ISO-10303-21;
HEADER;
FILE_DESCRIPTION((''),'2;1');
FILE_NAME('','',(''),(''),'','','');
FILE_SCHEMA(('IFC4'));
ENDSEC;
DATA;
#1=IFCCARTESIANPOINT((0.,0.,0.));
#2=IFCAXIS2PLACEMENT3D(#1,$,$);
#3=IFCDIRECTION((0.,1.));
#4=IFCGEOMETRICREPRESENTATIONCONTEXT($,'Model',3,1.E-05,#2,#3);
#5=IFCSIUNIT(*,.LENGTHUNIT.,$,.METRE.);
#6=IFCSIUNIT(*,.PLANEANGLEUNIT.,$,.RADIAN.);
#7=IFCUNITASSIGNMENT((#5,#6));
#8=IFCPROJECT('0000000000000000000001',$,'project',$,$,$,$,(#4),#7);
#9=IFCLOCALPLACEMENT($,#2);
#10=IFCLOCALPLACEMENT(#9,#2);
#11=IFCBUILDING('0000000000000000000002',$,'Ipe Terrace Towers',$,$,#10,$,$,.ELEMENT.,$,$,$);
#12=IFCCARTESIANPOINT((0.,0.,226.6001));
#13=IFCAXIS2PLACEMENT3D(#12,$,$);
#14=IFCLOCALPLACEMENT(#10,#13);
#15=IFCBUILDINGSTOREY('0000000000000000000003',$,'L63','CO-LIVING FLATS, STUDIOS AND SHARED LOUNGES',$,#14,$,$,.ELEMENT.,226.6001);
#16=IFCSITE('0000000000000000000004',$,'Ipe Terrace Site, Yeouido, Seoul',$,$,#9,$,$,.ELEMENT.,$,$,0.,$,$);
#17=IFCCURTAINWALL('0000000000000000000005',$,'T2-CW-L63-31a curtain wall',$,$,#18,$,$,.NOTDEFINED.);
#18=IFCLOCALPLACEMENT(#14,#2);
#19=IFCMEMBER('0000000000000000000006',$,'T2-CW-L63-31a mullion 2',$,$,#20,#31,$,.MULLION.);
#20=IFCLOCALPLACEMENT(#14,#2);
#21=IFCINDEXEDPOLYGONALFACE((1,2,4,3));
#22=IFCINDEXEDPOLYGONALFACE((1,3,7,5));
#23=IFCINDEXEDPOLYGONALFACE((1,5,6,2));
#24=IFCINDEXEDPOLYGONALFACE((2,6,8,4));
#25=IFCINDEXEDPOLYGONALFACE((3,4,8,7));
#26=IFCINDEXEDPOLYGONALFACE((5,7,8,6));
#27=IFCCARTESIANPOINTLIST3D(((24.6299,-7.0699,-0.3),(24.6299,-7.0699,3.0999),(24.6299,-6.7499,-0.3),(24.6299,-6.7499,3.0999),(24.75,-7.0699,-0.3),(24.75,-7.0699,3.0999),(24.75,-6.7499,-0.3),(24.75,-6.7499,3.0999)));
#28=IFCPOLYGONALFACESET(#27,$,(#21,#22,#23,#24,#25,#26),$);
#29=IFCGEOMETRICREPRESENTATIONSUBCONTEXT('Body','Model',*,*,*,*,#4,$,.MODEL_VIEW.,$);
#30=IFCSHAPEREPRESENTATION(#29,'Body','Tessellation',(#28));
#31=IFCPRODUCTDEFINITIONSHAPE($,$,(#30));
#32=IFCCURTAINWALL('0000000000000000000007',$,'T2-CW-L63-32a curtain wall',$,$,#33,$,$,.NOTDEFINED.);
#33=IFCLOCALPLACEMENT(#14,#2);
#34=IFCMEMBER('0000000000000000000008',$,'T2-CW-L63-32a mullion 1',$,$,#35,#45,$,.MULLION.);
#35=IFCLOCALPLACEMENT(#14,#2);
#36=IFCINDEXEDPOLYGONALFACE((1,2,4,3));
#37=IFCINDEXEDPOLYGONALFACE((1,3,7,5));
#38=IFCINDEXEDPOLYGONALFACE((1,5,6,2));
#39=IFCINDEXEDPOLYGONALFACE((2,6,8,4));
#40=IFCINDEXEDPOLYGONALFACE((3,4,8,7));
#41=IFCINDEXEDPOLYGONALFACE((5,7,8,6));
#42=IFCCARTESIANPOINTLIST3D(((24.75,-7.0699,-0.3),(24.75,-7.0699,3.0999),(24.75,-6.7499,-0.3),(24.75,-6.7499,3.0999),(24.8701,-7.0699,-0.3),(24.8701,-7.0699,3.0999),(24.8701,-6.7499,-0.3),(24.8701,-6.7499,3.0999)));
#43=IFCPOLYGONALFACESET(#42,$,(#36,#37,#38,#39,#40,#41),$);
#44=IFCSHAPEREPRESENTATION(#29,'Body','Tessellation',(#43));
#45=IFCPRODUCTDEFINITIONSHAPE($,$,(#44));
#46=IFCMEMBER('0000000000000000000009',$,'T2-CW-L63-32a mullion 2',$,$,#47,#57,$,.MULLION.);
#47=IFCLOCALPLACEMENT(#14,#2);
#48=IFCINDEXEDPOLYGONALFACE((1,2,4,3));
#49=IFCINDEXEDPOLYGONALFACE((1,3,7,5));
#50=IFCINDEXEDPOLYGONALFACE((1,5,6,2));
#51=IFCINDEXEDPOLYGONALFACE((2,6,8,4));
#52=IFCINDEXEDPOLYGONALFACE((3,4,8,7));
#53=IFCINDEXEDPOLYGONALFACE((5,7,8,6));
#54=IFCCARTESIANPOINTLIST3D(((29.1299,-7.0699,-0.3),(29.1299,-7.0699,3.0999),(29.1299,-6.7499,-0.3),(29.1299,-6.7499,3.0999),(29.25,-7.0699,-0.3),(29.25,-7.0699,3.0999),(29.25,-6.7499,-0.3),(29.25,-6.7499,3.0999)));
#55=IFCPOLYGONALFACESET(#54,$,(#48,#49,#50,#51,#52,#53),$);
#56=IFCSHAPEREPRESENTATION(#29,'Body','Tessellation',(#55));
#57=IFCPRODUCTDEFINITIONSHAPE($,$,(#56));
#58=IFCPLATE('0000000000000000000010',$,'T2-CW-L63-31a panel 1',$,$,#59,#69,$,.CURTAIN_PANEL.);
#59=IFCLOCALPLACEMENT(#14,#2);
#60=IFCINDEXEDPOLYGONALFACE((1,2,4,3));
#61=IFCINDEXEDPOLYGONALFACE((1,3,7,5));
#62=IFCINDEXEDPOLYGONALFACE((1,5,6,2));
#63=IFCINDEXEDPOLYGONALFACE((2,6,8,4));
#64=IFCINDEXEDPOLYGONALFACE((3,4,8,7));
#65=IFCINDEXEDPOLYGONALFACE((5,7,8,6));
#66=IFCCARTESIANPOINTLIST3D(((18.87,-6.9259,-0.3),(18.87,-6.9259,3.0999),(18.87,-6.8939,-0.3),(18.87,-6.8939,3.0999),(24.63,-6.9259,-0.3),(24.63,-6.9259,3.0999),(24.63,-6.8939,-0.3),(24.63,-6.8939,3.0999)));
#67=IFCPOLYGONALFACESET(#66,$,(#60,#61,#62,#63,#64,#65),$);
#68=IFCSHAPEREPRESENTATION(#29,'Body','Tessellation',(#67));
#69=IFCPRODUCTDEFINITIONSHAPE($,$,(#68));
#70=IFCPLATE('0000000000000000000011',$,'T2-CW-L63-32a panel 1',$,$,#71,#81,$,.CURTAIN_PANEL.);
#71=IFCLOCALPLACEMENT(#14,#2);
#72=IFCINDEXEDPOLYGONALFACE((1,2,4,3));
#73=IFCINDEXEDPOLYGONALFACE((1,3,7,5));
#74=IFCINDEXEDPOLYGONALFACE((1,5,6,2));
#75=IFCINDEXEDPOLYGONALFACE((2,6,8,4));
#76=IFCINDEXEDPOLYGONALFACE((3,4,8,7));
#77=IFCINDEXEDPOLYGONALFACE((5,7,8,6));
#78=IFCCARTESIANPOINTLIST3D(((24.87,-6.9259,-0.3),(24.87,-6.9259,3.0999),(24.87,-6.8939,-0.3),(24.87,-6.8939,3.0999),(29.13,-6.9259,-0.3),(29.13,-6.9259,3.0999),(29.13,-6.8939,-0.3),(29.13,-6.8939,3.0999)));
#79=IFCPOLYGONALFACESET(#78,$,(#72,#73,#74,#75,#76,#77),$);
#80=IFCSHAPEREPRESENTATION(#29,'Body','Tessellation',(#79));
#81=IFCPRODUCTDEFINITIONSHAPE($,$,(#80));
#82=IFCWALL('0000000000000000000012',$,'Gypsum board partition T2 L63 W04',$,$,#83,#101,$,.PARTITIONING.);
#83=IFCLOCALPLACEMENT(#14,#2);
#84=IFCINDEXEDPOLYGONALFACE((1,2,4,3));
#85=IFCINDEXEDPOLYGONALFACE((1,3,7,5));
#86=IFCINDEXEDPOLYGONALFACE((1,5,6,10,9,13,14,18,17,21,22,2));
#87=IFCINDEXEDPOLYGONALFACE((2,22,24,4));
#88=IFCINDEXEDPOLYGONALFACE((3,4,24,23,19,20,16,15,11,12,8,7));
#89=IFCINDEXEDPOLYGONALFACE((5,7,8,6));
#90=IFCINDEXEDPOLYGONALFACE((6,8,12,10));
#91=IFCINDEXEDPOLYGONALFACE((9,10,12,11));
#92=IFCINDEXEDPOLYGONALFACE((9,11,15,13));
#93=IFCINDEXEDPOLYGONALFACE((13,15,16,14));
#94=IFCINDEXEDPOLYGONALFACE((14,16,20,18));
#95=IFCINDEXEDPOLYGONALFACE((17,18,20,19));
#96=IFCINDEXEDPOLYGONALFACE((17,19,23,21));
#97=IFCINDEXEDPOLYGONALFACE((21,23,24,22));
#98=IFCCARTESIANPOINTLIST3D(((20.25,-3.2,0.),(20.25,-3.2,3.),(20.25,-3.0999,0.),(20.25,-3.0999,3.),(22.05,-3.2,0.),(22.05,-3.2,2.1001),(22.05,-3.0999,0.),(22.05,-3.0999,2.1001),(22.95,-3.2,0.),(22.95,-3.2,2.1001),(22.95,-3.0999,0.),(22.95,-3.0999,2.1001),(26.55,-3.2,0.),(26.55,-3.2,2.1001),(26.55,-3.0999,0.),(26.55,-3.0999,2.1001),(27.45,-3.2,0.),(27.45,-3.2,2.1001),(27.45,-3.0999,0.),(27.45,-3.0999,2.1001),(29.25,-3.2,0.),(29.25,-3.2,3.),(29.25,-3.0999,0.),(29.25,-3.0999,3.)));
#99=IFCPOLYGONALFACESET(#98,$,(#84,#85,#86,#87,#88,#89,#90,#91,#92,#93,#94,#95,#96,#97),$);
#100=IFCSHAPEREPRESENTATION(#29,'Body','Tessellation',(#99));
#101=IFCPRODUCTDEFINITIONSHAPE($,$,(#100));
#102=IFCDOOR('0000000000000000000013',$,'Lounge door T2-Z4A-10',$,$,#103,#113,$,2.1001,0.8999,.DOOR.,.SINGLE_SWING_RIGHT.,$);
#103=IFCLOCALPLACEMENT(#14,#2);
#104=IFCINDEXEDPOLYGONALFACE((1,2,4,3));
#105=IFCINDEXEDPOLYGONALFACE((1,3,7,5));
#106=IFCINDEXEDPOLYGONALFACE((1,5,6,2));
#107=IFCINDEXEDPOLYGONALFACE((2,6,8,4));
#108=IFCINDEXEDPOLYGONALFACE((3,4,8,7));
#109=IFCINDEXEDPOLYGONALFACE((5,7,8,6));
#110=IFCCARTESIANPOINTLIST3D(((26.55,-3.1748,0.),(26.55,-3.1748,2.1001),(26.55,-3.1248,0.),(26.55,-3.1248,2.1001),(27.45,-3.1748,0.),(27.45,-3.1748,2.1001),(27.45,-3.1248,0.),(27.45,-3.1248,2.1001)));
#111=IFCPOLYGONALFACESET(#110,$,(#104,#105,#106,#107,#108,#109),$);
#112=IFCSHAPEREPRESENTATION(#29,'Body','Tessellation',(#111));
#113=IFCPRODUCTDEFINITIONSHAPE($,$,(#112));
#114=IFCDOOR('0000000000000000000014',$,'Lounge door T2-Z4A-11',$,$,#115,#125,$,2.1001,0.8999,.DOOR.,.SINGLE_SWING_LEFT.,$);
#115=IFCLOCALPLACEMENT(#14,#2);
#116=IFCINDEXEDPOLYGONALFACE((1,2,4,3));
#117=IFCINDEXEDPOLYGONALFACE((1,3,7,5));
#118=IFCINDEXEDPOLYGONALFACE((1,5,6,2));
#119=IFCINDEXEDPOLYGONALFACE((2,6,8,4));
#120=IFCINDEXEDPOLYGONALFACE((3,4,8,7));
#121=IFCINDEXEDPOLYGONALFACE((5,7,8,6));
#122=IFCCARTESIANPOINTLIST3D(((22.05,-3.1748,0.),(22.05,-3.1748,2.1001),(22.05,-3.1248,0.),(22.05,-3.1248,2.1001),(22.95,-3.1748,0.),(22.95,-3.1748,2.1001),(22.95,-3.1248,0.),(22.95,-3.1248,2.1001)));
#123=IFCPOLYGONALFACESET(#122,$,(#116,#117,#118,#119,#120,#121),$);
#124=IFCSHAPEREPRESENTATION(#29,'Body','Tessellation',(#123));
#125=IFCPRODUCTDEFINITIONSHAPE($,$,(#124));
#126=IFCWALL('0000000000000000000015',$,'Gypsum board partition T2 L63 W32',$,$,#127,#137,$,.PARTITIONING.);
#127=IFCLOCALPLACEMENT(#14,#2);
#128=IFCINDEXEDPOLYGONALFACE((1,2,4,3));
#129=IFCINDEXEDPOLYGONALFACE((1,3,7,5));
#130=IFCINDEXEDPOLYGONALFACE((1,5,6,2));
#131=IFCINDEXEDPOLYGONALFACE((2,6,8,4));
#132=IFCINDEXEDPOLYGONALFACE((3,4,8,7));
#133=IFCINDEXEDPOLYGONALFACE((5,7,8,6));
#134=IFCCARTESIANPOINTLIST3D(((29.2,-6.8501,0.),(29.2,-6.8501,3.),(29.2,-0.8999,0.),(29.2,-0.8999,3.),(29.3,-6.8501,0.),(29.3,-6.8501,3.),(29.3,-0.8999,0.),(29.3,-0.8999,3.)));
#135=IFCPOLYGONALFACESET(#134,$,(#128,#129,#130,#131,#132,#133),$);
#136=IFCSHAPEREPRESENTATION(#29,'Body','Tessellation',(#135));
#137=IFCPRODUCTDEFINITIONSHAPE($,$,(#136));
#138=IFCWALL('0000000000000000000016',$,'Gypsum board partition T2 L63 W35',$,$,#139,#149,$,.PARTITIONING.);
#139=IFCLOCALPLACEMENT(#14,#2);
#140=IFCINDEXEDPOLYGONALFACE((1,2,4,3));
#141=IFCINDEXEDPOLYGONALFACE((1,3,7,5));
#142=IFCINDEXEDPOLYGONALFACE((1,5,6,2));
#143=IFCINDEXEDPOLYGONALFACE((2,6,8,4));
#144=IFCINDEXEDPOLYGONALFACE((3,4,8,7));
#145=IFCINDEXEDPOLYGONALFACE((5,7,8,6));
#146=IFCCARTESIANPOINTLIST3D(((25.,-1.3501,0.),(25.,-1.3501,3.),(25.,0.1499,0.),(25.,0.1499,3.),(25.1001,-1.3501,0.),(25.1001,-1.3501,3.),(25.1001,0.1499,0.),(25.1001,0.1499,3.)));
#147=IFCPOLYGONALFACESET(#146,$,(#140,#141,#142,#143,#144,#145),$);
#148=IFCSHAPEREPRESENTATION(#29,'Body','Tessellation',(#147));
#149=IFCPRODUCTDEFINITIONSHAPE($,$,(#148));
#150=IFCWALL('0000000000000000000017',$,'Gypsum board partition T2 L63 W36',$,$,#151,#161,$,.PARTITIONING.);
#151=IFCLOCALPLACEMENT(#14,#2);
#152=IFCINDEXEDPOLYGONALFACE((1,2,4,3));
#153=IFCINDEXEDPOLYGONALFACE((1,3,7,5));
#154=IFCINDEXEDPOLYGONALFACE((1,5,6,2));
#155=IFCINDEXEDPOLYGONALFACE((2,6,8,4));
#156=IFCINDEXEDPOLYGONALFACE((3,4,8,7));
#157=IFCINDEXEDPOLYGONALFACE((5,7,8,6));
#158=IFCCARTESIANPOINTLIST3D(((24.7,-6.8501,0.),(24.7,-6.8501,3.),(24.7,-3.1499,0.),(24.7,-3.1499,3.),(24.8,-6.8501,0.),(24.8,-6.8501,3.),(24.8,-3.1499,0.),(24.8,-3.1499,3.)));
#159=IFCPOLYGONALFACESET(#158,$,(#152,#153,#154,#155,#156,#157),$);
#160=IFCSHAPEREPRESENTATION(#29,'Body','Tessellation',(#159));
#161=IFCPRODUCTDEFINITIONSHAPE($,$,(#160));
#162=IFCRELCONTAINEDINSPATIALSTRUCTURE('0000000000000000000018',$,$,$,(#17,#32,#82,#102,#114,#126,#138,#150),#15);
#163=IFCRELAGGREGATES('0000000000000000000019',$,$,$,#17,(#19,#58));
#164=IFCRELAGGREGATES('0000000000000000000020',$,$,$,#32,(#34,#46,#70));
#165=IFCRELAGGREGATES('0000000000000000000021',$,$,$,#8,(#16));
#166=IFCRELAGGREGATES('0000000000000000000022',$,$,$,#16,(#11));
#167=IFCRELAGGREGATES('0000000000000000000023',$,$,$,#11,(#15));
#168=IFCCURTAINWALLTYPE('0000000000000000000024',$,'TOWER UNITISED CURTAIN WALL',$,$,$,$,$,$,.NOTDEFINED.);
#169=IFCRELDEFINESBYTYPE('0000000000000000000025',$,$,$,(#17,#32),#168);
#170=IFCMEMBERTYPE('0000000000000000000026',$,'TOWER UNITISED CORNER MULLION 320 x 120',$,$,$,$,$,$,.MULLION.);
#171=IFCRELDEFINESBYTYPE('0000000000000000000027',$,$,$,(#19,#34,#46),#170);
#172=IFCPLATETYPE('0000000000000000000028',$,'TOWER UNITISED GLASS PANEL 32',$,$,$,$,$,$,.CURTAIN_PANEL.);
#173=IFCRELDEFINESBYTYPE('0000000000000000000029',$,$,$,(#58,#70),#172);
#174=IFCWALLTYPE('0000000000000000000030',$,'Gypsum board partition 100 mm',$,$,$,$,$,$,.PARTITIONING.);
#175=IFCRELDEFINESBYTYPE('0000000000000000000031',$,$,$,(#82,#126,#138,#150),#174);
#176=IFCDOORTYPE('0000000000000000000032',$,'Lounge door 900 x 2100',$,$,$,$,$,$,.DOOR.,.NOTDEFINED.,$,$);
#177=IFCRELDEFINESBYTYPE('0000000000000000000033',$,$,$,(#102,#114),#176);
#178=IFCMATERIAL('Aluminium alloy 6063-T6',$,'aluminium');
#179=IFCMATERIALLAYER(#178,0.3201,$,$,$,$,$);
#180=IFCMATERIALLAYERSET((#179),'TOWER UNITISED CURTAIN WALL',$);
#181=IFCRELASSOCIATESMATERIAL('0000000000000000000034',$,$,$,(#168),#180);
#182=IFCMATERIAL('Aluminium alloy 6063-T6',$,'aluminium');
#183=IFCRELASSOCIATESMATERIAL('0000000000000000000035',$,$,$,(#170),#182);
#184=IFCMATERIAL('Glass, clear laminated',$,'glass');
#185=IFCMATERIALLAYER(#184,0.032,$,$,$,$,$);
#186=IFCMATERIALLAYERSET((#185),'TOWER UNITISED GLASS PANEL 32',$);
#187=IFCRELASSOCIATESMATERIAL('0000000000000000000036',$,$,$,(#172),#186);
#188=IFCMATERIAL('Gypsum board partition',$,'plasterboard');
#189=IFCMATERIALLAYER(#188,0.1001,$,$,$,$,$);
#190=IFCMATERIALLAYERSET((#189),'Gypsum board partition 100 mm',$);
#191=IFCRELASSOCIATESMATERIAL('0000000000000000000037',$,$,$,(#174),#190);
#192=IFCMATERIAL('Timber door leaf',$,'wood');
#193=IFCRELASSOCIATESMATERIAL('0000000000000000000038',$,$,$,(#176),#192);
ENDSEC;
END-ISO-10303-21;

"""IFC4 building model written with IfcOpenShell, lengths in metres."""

from ifc_helpers import new_model, si_unit, direction, frame, frame_2d, origin, origin_2d, place, context, subcontext, project, spatial, rectangle, extrude, material, layer, layer_set, material_profile, profile_set, type_object, element, fill, aggregate, save


model = new_model("IFC4")

# Units and contexts
model_context = context("Model", 3, precision=1e-05, world=origin(), true_north=direction((0.0, 1.0)))
body_context = subcontext(model_context, "Body", "Model", "MODEL_VIEW")
ifc_project = project(units=[si_unit("LENGTHUNIT", "METRE"), si_unit("PLANEANGLEUNIT", "RADIAN")], contexts=[model_context])

# Site, building, storey
site_placement = place(None, origin())
site = spatial("IfcSite", under=ifc_project, at=site_placement, Name="Ipe Terrace Site, Yeouido, Seoul", CompositionType="ELEMENT", RefElevation=0.0)
building_placement = place(site_placement, origin())
building = spatial("IfcBuilding", under=site, at=building_placement, Name="Ipe Terrace Towers", CompositionType="ELEMENT")
storey_placement = place(building_placement, frame((0.0, 0.0, 226.6001)))
storey = spatial("IfcBuildingStorey", under=building, at=storey_placement, Name="L63", Description="CO-LIVING FLATS, STUDIOS AND SHARED LOUNGES", CompositionType="ELEMENT", Elevation=226.6001)

# Curtain walls, members
ifc_material_1 = material(Name="Aluminium alloy 6063-T6", Category="aluminium")
ifc_layer_1 = layer(ifc_material_1, 0.3201)
ifc_layer_set_1 = layer_set([ifc_layer_1], Name="TOWER UNITISED CURTAIN WALL")
curtain_wall_type = type_object("IfcCurtainWallType", Name="TOWER UNITISED CURTAIN WALL", PredefinedType="NOTDEFINED", material=ifc_layer_set_1)
curtain_wall_1_placement = place(storey_placement, origin())
curtain_wall_1 = element("IfcCurtainWall", 1, at=curtain_wall_1_placement, inside=storey, type_object=curtain_wall_type, Name="T2-CW-L63-31a curtain wall", PredefinedType="NOTDEFINED")
ifc_material_2 = material(Name="Aluminium alloy 6063-T6", Category="aluminium")
ifc_material_profile_1 = material_profile(ifc_material_2, rectangle(XDim=0.3201, YDim=0.1201, at=origin_2d()), Name="TOWER UNITISED CORNER MULLION 320 x 120")
ifc_profile_set_1 = profile_set([ifc_material_profile_1], Name="Aluminium alloy 6063-T6")
member_type = type_object("IfcMemberType", Name="TOWER UNITISED CORNER MULLION 320 x 120", PredefinedType="MULLION", material=ifc_profile_set_1)
member_1_placement = place(storey_placement, frame((24.6899, -6.9099, -0.3), z_axis=(0.0, 0.0, 1.0), x_axis=(0.0, -1.0, 0.0)))
member_1 = element("IfcMember", 2, at=member_1_placement, type_object=member_type, Name="T2-CW-L63-31a mullion 2", PredefinedType="MULLION", context=body_context, shape_type="SweptSolid", body=[
    extrude(rectangle(XDim=0.3201, YDim=0.1201, at=origin_2d()), origin(), (0.0, 0.0, 1.0), 3.3999),
])
curtain_wall_2_placement = place(storey_placement, origin())
curtain_wall_2 = element("IfcCurtainWall", 3, at=curtain_wall_2_placement, inside=storey, type_object=curtain_wall_type, Name="T2-CW-L63-32a curtain wall", PredefinedType="NOTDEFINED")
member_2_placement = place(storey_placement, frame((24.8101, -6.9099, -0.3), z_axis=(0.0, 0.0, 1.0), x_axis=(0.0, -1.0, 0.0)))
member_2 = element("IfcMember", 4, at=member_2_placement, type_object=member_type, Name="T2-CW-L63-32a mullion 1", PredefinedType="MULLION", context=body_context, shape_type="SweptSolid", body=[
    extrude(rectangle(XDim=0.3201, YDim=0.1201, at=origin_2d()), origin(), (0.0, 0.0, 1.0), 3.3999),
])
member_3_placement = place(storey_placement, frame((29.1899, -6.9099, -0.3), z_axis=(0.0, 0.0, 1.0), x_axis=(0.0, -1.0, 0.0)))
member_3 = element("IfcMember", 5, at=member_3_placement, type_object=member_type, Name="T2-CW-L63-32a mullion 2", PredefinedType="MULLION", context=body_context, shape_type="SweptSolid", body=[
    extrude(rectangle(XDim=0.3201, YDim=0.1201, at=origin_2d()), origin(), (0.0, 0.0, 1.0), 3.3999),
])

# Plates
ifc_material_3 = material(Name="Glass, clear laminated", Category="glass")
ifc_layer_2 = layer(ifc_material_3, 0.032)
ifc_layer_set_2 = layer_set([ifc_layer_2], Name="TOWER UNITISED GLASS PANEL 32")
plate_type = type_object("IfcPlateType", Name="TOWER UNITISED GLASS PANEL 32", PredefinedType="CURTAIN_PANEL", material=ifc_layer_set_2)
plate_1_placement = place(storey_placement, frame((21.75, -6.9099, -0.3), z_axis=(0.0, 0.0, 1.0), x_axis=(1.0, 0.0, 0.0)))
plate_1 = element("IfcPlate", 6, at=plate_1_placement, type_object=plate_type, Name="T2-CW-L63-31a panel 1", PredefinedType="CURTAIN_PANEL", context=body_context, shape_type="SweptSolid", body=[
    extrude(rectangle(XDim=5.76, YDim=0.032, at=origin_2d()), origin(), (0.0, 0.0, 1.0), 3.3999),
])
aggregate(curtain_wall_1, [member_1, plate_1])
plate_2_placement = place(storey_placement, frame((27.0, -6.9099, -0.3), z_axis=(0.0, 0.0, 1.0), x_axis=(1.0, 0.0, 0.0)))
plate_2 = element("IfcPlate", 7, at=plate_2_placement, type_object=plate_type, Name="T2-CW-L63-32a panel 1", PredefinedType="CURTAIN_PANEL", context=body_context, shape_type="SweptSolid", body=[
    extrude(rectangle(XDim=4.26, YDim=0.032, at=origin_2d()), origin(), (0.0, 0.0, 1.0), 3.3999),
])
aggregate(curtain_wall_2, [member_2, member_3, plate_2])

# Wall, openings, doors
ifc_material_4 = material(Name="Gypsum board partition", Category="plasterboard")
ifc_layer_3 = layer(ifc_material_4, 0.1001)
ifc_layer_set_3 = layer_set([ifc_layer_3], Name="Gypsum board partition 100 mm")
wall_type_1 = type_object("IfcWallType", Name="Gypsum board partition 100 mm", PredefinedType="PARTITIONING", material=ifc_layer_set_3)
wall_1_placement = place(storey_placement, frame((29.25, -3.1499, 0.0), z_axis=(0.0, 0.0, 1.0), x_axis=(-1.0, 0.0, 0.0)))
wall_1 = element("IfcWall", 8, at=wall_1_placement, inside=storey, type_object=wall_type_1, Name="Gypsum board partition T2 L63 W04", PredefinedType="PARTITIONING", context=body_context, shape_type="SweptSolid", body=[
    extrude(rectangle(XDim=9.0, YDim=0.1001, at=frame_2d((4.5, 0.0))), origin(), (0.0, 0.0, 1.0), 3.0),
])
opening_1_placement = place(wall_1_placement, frame((1.8, 0.0, 0.0)))
opening_1 = element("IfcOpeningElement", 9, at=opening_1_placement, cuts=wall_1, PredefinedType="OPENING", context=body_context, shape_type="SweptSolid", body=[
    extrude(rectangle(XDim=0.8999, YDim=2.1001, at=frame_2d((0.45, 1.05))), frame((0.0, 0.0601, 0.0), z_axis=(0.0, -1.0, 0.0), x_axis=(1.0, 0.0, 0.0)), (0.0, 0.0, 1.0), 0.1201),
])
opening_2_placement = place(wall_1_placement, frame((6.3, 0.0, 0.0)))
opening_2 = element("IfcOpeningElement", 10, at=opening_2_placement, cuts=wall_1, PredefinedType="OPENING", context=body_context, shape_type="SweptSolid", body=[
    extrude(rectangle(XDim=0.8999, YDim=2.1001, at=frame_2d((0.45, 1.05))), frame((0.0, 0.0601, 0.0), z_axis=(0.0, -1.0, 0.0), x_axis=(1.0, 0.0, 0.0)), (0.0, 0.0, 1.0), 0.1201),
])
ifc_material_5 = material(Name="Timber door leaf", Category="wood")
door_type_1 = type_object("IfcDoorType", Name="Lounge door 900 x 2100", OperationType="NOTDEFINED", PredefinedType="DOOR", material=ifc_material_5)
door_1_placement = place(opening_1_placement, origin())
door_1 = element("IfcDoor", 11, at=door_1_placement, inside=storey, type_object=door_type_1, Name="Lounge door T2-Z4A-10", OperationType="SINGLE_SWING_RIGHT", OverallHeight=2.1001, OverallWidth=0.8999, PredefinedType="DOOR", context=body_context, shape_type="SweptSolid", body=[
    extrude(rectangle(XDim=0.8999, YDim=2.1001, at=frame_2d((0.45, 1.05))), frame((0.0, 0.0249, 0.0), z_axis=(0.0, -1.0, 0.0), x_axis=(1.0, 0.0, 0.0)), (0.0, 0.0, 1.0), 0.05),
])
fill(opening_1, door_1)
door_2_placement = place(opening_2_placement, origin())
door_2 = element("IfcDoor", 12, at=door_2_placement, inside=storey, type_object=door_type_1, Name="Lounge door T2-Z4A-11", OperationType="SINGLE_SWING_LEFT", OverallHeight=2.1001, OverallWidth=0.8999, PredefinedType="DOOR", context=body_context, shape_type="SweptSolid", body=[
    extrude(rectangle(XDim=0.8999, YDim=2.1001, at=frame_2d((0.45, 1.05))), frame((0.0, 0.0249, 0.0), z_axis=(0.0, -1.0, 0.0), x_axis=(1.0, 0.0, 0.0)), (0.0, 0.0, 1.0), 0.05),
])
fill(opening_2, door_2)

# Walls
wall_2_placement = place(storey_placement, frame((29.25, -6.8501, 0.0), z_axis=(0.0, 0.0, 1.0), x_axis=(0.0, 1.0, 0.0)))
element("IfcWall", 13, at=wall_2_placement, inside=storey, type_object=wall_type_1, Name="Gypsum board partition T2 L63 W32", PredefinedType="PARTITIONING", context=body_context, shape_type="SweptSolid", body=[
    extrude(rectangle(XDim=5.9502, YDim=0.1001, at=frame_2d((2.9751, 0.0))), origin(), (0.0, 0.0, 1.0), 3.0),
])
wall_3_placement = place(storey_placement, frame((25.05, -1.3501, 0.0), z_axis=(0.0, 0.0, 1.0), x_axis=(0.0, 1.0, 0.0)))
element("IfcWall", 14, at=wall_3_placement, inside=storey, type_object=wall_type_1, Name="Gypsum board partition T2 L63 W35", PredefinedType="PARTITIONING", context=body_context, shape_type="SweptSolid", body=[
    extrude(rectangle(XDim=1.5, YDim=0.1001, at=frame_2d((0.75, 0.0))), origin(), (0.0, 0.0, 1.0), 3.0),
])
wall_4_placement = place(storey_placement, frame((24.75, -6.8501, 0.0), z_axis=(0.0, 0.0, 1.0), x_axis=(0.0, 1.0, 0.0)))
element("IfcWall", 15, at=wall_4_placement, inside=storey, type_object=wall_type_1, Name="Gypsum board partition T2 L63 W36", PredefinedType="PARTITIONING", context=body_context, shape_type="SweptSolid", body=[
    extrude(rectangle(XDim=3.7002, YDim=0.1001, at=frame_2d((1.8501, 0.0))), origin(), (0.0, 0.0, 1.0), 3.0),
])

save(model, "model.ifc")
